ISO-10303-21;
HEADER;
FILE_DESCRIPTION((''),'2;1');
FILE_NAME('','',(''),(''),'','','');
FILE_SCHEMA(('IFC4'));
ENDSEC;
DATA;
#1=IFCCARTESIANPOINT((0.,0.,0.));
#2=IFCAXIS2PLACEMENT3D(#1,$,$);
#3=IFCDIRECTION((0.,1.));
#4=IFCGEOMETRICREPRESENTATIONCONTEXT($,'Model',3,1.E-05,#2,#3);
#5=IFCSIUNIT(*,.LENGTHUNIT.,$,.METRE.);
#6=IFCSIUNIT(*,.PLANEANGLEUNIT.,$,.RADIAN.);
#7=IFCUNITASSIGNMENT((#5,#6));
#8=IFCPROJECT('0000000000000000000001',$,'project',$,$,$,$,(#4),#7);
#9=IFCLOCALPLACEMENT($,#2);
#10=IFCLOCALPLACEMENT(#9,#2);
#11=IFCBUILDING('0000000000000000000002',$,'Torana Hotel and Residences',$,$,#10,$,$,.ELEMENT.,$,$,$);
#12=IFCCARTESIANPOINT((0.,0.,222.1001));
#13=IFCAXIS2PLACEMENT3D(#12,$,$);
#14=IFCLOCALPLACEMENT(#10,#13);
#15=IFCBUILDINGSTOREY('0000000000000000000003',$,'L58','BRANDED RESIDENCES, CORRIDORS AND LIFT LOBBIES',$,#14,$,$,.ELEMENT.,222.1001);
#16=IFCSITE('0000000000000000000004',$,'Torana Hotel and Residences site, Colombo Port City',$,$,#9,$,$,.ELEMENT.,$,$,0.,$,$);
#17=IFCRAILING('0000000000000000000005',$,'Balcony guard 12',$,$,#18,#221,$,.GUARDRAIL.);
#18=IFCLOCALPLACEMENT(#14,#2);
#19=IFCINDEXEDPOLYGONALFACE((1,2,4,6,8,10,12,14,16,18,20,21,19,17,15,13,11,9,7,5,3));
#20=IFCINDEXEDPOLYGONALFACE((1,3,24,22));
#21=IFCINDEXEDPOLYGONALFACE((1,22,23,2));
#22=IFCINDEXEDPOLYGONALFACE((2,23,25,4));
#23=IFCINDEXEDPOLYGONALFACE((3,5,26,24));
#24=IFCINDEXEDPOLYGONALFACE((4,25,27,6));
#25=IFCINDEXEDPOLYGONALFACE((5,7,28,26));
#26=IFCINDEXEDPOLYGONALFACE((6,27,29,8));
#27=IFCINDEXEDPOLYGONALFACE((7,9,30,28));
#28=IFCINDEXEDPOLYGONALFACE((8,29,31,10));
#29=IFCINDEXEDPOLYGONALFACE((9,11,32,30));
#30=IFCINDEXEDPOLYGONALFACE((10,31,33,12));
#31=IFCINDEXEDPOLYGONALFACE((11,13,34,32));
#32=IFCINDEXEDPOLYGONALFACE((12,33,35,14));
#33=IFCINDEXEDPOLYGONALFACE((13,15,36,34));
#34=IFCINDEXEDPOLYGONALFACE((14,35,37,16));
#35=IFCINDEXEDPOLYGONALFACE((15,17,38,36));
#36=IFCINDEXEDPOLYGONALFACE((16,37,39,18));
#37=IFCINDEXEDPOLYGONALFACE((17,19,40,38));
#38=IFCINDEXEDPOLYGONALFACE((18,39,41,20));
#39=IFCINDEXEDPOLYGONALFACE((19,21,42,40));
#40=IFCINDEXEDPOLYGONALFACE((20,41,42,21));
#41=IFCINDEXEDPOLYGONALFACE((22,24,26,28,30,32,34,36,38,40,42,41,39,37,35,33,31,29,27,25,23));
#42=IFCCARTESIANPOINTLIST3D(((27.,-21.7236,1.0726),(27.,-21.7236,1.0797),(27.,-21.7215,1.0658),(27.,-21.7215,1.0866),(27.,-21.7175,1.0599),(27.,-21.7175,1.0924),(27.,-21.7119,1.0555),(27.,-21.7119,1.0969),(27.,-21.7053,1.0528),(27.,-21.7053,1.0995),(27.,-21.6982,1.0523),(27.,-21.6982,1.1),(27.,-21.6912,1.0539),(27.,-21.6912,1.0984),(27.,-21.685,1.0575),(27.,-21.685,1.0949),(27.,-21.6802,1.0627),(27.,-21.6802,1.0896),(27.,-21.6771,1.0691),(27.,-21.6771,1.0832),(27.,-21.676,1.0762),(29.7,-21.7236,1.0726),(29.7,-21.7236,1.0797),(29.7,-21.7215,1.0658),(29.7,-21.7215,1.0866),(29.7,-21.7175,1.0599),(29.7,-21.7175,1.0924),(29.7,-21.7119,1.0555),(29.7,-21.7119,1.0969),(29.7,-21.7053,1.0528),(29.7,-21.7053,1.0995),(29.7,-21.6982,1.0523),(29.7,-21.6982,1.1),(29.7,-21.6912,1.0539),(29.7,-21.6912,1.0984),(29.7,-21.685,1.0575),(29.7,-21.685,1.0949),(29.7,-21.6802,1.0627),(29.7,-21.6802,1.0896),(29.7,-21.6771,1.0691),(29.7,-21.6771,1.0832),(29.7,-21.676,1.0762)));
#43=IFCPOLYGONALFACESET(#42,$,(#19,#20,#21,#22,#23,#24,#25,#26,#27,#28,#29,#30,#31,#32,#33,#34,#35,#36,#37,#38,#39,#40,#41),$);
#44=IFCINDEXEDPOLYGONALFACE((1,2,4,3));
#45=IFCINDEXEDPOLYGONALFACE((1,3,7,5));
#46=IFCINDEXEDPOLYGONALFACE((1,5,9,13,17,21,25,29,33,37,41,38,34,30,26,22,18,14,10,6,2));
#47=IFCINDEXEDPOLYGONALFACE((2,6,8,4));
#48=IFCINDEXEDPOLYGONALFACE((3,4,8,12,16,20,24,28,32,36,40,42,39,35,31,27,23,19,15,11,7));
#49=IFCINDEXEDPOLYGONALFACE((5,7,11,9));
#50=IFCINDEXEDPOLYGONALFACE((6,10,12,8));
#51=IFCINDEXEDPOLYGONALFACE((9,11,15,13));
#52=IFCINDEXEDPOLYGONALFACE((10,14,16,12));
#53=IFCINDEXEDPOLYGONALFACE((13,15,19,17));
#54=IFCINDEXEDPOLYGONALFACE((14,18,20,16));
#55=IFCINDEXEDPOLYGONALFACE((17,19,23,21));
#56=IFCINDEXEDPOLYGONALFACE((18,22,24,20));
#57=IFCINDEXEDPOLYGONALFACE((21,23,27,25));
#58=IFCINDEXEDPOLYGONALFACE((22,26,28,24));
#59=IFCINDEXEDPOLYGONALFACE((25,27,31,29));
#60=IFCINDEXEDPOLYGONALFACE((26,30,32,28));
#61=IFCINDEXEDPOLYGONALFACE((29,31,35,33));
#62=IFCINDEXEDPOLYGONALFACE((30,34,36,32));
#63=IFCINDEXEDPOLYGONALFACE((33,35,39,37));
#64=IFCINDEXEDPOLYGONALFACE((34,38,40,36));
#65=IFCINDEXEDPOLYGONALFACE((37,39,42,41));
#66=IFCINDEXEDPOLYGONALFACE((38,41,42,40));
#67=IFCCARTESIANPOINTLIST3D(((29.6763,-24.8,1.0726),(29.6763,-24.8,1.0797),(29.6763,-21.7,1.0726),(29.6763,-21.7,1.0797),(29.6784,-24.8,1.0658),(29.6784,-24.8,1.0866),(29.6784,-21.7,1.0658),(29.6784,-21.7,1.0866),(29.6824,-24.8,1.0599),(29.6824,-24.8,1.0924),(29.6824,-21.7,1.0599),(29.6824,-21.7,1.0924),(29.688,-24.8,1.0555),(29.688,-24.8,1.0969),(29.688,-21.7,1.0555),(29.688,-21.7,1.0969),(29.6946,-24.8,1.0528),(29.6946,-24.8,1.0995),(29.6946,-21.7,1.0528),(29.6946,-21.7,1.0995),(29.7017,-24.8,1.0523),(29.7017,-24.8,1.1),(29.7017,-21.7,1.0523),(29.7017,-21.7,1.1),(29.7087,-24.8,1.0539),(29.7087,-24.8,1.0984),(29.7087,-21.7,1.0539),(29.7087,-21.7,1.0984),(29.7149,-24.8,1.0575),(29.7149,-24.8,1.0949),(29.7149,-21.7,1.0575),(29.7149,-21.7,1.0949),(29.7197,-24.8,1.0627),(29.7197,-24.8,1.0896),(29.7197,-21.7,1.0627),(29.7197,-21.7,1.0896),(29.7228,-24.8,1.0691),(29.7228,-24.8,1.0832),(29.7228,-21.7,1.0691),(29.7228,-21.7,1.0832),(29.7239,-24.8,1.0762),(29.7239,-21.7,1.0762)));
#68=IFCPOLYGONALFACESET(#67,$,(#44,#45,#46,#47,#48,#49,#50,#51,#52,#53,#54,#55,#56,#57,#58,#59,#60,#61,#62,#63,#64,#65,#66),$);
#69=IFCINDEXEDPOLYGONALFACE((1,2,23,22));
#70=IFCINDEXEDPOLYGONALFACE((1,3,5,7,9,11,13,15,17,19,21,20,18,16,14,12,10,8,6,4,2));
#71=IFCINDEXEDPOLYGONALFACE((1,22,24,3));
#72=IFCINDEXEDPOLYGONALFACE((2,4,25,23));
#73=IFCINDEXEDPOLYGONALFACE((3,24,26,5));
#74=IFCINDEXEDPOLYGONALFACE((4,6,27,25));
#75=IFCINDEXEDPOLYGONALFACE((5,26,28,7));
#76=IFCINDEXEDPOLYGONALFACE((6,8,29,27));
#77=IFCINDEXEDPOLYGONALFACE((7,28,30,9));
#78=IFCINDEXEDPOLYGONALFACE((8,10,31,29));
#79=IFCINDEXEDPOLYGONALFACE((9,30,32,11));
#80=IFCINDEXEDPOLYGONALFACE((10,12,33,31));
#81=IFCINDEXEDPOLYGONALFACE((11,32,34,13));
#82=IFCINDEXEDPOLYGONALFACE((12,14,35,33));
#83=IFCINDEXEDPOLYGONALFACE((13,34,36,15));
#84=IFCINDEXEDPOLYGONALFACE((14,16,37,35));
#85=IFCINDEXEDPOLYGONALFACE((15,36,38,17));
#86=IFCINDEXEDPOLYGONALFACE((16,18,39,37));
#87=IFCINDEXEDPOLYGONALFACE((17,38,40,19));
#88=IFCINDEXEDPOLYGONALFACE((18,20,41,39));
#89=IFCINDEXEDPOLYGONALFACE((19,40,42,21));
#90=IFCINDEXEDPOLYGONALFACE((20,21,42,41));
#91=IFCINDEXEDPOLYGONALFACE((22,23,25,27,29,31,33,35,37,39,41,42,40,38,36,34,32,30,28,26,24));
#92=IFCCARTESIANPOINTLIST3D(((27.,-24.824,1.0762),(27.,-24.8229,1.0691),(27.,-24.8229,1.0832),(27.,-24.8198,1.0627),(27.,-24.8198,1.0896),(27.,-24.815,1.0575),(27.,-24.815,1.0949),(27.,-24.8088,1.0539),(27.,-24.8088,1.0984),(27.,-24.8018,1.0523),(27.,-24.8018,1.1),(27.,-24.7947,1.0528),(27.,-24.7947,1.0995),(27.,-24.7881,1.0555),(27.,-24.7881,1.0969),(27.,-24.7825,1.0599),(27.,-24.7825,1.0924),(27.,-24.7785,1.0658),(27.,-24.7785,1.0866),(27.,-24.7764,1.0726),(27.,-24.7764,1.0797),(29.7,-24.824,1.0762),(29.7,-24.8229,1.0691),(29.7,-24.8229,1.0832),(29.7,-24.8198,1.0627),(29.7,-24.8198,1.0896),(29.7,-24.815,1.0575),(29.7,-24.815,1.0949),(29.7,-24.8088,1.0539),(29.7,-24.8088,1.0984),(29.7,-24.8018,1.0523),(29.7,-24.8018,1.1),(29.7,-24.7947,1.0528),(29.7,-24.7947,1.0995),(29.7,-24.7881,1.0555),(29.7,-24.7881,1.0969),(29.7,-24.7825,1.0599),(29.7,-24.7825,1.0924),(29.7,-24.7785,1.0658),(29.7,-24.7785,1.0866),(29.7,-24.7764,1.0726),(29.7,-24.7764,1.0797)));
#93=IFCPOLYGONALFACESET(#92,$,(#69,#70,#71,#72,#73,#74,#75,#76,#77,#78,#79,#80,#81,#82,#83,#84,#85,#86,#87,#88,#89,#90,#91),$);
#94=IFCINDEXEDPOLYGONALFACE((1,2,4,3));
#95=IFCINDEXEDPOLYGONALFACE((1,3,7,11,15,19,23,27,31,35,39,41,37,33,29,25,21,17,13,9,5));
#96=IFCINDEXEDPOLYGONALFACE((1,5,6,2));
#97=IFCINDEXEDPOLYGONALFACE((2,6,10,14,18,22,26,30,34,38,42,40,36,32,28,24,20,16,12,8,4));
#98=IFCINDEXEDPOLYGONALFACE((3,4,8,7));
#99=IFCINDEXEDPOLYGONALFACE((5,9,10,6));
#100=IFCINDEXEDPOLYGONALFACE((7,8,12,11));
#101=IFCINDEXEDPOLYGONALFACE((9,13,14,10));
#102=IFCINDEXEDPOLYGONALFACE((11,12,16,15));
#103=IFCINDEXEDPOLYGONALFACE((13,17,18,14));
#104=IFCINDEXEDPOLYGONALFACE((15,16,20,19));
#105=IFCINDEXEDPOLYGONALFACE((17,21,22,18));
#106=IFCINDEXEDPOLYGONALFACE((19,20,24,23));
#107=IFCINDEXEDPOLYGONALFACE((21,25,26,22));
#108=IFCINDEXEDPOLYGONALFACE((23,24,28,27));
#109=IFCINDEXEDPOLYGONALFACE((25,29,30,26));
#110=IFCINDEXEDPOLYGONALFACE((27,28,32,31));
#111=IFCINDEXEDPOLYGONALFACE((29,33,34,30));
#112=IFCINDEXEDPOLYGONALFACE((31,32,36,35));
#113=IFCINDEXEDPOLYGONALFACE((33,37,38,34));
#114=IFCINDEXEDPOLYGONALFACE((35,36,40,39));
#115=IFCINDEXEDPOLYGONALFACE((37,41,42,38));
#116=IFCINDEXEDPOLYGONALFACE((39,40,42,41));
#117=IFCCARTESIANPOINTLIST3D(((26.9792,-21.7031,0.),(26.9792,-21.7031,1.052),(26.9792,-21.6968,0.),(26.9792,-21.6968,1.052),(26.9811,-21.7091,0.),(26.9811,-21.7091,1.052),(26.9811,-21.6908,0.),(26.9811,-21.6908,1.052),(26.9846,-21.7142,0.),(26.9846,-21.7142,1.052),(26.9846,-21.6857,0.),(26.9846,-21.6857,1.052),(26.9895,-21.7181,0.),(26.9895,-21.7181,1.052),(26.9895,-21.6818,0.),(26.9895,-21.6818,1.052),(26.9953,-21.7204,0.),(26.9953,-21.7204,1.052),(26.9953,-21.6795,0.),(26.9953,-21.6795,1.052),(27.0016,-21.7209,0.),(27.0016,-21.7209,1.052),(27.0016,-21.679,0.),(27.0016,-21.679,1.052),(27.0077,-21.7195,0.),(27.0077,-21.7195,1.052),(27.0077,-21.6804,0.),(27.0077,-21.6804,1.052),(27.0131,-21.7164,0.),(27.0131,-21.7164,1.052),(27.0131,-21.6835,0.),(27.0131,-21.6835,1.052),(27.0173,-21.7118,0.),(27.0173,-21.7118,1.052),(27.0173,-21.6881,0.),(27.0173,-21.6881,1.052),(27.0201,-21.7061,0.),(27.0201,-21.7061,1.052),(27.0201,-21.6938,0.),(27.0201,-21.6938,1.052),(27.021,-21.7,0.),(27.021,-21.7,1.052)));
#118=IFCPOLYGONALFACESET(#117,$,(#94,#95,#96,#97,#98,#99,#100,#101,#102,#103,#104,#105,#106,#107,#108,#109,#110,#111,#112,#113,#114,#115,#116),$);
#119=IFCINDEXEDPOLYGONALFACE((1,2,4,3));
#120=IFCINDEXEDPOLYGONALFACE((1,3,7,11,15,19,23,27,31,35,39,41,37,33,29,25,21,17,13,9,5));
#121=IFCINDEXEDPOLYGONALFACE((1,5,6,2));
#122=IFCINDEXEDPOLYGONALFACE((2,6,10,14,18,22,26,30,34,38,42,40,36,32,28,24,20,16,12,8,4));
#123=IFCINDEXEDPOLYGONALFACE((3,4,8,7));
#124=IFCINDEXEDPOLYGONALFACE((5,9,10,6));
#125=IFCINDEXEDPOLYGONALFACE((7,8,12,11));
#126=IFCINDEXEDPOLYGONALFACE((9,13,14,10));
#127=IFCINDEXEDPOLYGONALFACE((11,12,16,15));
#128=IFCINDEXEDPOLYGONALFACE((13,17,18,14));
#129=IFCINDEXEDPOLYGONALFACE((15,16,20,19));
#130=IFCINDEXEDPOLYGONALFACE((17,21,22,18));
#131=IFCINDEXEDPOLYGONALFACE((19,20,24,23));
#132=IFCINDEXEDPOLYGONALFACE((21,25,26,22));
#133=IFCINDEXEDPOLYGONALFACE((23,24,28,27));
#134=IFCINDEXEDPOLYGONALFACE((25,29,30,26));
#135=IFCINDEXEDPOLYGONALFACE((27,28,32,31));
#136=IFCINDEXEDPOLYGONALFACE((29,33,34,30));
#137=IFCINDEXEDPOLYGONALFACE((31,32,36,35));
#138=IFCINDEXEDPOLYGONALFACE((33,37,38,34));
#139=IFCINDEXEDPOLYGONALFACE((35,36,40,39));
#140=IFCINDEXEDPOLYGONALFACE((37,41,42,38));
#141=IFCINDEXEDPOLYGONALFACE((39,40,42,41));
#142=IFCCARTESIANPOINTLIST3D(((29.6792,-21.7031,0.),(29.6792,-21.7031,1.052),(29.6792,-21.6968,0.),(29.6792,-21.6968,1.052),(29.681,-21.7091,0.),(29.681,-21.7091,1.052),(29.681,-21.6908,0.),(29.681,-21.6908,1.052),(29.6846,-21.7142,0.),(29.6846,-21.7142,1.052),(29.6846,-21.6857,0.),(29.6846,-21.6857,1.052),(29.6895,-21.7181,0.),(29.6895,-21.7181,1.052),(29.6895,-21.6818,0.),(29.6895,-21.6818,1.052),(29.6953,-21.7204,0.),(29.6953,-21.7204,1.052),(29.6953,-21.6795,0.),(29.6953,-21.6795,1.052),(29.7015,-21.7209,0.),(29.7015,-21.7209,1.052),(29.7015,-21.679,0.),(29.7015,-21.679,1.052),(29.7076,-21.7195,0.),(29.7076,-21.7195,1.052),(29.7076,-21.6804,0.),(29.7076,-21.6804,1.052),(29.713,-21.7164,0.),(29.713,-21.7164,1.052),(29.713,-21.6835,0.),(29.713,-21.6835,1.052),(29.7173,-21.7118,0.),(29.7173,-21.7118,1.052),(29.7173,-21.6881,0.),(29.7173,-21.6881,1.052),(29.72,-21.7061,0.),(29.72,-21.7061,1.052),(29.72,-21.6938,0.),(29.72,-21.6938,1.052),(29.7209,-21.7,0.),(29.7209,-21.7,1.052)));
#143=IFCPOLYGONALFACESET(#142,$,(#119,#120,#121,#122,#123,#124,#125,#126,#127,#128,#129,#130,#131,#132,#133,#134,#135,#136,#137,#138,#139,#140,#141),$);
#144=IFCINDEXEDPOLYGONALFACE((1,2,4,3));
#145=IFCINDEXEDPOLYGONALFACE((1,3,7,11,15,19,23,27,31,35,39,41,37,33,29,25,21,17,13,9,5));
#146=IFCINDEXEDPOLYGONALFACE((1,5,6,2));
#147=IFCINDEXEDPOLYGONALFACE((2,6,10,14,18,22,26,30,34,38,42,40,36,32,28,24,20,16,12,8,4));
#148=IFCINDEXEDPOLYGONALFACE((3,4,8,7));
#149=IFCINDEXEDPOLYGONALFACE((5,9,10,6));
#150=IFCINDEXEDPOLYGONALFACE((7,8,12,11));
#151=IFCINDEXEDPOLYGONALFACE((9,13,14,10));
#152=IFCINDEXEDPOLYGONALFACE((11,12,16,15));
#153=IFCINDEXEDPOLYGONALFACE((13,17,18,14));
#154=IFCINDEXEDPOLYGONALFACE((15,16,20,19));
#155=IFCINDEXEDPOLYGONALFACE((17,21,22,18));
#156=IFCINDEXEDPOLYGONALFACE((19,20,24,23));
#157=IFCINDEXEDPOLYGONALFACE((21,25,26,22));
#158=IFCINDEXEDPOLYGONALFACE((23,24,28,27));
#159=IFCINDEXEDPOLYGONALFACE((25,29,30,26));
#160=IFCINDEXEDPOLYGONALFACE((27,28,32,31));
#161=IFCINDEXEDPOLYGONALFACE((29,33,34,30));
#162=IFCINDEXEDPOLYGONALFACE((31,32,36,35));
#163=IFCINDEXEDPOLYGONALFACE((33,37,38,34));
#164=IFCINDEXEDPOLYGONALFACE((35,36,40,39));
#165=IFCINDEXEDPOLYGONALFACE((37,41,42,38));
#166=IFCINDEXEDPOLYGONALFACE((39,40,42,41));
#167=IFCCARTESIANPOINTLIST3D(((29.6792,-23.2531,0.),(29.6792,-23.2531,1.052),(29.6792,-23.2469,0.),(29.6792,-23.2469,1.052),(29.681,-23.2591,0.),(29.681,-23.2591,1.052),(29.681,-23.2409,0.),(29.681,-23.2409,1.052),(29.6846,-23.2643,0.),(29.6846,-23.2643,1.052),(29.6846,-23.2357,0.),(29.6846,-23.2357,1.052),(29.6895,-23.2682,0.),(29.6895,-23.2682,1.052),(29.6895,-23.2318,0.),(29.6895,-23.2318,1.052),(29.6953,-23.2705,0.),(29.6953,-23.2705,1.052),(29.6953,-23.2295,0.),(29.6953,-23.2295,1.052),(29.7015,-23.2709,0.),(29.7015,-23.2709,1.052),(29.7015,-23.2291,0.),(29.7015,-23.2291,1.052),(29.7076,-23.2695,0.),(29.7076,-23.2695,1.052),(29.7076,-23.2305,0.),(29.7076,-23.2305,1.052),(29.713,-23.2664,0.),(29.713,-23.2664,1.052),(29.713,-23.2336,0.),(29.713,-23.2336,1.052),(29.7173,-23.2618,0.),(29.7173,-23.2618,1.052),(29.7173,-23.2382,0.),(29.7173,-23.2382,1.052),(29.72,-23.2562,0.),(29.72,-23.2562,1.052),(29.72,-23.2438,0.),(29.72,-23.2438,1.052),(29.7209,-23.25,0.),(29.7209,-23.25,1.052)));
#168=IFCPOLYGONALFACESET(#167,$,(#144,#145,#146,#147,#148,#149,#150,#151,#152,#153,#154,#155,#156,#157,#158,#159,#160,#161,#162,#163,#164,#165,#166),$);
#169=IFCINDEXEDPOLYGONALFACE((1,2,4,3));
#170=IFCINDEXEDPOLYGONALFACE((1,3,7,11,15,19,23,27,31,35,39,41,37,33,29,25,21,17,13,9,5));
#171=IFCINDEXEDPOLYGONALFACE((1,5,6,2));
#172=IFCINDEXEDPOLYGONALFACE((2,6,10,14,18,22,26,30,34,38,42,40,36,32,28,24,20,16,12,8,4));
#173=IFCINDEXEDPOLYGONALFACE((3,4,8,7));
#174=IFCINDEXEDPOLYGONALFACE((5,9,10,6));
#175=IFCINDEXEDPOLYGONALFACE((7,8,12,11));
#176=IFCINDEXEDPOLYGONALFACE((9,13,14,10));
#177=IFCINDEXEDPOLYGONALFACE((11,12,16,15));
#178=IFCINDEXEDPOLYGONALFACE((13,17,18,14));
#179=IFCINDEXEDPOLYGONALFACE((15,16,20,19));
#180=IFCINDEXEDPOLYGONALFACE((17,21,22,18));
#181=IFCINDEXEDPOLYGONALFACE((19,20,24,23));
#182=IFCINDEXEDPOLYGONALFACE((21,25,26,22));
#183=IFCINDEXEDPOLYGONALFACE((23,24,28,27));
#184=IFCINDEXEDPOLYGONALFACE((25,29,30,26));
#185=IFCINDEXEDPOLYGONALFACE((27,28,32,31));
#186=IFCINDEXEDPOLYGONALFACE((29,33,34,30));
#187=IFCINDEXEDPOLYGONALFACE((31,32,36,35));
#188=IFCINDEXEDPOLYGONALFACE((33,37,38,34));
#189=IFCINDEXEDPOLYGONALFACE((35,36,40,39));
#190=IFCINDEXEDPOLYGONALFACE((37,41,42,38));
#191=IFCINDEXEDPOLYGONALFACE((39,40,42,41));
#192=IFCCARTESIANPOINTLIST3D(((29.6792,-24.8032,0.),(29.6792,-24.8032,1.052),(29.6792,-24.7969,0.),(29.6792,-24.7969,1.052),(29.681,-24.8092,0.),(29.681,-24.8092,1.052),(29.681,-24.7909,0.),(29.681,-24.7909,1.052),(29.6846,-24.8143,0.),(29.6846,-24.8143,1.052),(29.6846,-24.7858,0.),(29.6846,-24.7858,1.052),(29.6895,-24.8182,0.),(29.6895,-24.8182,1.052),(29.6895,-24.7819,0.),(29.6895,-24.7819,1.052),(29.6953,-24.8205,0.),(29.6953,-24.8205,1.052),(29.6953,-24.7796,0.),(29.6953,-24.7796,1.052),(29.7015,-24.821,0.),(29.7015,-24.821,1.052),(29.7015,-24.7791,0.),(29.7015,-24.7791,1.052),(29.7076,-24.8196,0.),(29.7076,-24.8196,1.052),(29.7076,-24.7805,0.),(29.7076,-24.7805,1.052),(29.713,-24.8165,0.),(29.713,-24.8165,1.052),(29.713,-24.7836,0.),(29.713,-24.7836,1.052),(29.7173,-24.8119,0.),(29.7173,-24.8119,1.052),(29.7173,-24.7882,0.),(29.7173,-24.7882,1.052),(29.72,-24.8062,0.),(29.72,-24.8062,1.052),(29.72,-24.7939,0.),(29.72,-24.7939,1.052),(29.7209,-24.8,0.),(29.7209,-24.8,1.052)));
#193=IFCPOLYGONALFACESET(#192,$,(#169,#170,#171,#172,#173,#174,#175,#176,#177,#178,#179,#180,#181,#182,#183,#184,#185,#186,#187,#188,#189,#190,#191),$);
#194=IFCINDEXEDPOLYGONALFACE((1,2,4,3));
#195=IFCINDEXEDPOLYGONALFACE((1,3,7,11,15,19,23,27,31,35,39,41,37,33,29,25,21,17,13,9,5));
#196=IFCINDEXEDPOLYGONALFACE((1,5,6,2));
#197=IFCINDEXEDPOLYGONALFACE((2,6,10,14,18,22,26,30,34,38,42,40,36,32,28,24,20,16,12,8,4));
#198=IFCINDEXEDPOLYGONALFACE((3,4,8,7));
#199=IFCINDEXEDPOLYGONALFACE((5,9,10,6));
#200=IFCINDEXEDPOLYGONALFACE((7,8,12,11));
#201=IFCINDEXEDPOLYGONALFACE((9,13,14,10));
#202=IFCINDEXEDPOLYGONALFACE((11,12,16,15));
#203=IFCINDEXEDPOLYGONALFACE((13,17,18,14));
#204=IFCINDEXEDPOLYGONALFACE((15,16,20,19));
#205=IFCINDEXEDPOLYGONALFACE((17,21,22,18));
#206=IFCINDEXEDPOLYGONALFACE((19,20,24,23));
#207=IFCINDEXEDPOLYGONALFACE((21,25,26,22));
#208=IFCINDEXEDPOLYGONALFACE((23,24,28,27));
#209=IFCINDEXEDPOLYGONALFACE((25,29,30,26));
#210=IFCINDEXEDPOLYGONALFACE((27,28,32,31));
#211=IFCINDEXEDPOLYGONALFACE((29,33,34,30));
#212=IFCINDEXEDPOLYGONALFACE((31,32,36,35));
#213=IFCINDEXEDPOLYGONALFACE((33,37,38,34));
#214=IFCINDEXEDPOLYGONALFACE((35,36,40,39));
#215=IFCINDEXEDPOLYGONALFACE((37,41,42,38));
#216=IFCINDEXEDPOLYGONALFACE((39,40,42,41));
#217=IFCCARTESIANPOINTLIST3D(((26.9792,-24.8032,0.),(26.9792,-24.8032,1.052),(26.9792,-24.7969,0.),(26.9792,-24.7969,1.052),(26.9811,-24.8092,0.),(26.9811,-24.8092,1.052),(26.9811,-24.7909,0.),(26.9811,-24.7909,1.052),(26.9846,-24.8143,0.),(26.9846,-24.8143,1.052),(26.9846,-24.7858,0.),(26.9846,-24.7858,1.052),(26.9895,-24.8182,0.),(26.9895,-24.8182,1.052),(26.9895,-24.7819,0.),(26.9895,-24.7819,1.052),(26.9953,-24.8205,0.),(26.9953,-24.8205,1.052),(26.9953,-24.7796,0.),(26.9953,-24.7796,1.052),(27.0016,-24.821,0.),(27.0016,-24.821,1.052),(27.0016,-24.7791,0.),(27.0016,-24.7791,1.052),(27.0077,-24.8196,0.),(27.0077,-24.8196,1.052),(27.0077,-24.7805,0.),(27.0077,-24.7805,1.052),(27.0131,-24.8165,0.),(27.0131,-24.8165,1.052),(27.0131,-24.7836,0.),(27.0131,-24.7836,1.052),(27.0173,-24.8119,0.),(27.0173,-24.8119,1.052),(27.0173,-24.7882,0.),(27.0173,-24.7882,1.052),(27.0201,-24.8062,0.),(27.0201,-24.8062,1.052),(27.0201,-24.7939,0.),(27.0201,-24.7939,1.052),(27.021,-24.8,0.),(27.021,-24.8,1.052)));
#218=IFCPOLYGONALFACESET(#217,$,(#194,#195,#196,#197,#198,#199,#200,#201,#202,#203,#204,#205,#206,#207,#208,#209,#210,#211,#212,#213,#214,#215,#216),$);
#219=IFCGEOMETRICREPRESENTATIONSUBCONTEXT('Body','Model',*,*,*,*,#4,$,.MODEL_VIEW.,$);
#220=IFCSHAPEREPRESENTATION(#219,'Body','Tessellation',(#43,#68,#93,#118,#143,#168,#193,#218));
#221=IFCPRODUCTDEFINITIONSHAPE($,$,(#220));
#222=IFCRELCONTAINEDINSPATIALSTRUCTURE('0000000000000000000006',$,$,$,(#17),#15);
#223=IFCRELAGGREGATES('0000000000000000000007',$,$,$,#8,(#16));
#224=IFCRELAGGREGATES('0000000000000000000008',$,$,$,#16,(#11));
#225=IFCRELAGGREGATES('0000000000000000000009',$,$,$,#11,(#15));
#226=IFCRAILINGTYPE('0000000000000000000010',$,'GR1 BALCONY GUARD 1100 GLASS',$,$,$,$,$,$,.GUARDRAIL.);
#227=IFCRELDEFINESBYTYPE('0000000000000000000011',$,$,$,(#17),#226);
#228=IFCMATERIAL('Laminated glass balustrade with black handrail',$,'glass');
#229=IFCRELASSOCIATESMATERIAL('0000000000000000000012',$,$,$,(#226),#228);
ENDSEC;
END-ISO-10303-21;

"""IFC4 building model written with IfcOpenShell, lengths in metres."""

from ifc_helpers import new_model, si_unit, direction, frame, origin, origin_2d, place, context, subcontext, project, spatial, circle, extrude, material, type_object, element, save


model = new_model("IFC4")

# Units and contexts
model_context = context("Model", 3, precision=1e-05, world=origin(), true_north=direction((0.0, 1.0)))
body_context = subcontext(model_context, "Body", "Model", "MODEL_VIEW")
ifc_project = project(units=[si_unit("LENGTHUNIT", "METRE"), si_unit("PLANEANGLEUNIT", "RADIAN")], contexts=[model_context])

# Site, building, storey
site_placement = place(None, origin())
site = spatial("IfcSite", under=ifc_project, at=site_placement, Name="Torana Hotel and Residences site, Colombo Port City", CompositionType="ELEMENT", RefElevation=0.0)
building_placement = place(site_placement, origin())
building = spatial("IfcBuilding", under=site, at=building_placement, Name="Torana Hotel and Residences", CompositionType="ELEMENT")
storey_placement = place(building_placement, frame((0.0, 0.0, 222.1001)))
storey = spatial("IfcBuildingStorey", under=building, at=storey_placement, Name="L58", Description="BRANDED RESIDENCES, CORRIDORS AND LIFT LOBBIES", CompositionType="ELEMENT", Elevation=222.1001)

# Railing
ifc_material_1 = material(Name="Laminated glass balustrade with black handrail", Category="glass")
railing_type = type_object("IfcRailingType", Name="GR1 BALCONY GUARD 1100 GLASS", PredefinedType="GUARDRAIL", material=ifc_material_1)
railing_1_placement = place(storey_placement, frame((27.0, -21.7, 0.0)))
element("IfcRailing", 1, at=railing_1_placement, inside=storey, type_object=railing_type, Name="Balcony guard 12", PredefinedType="GUARDRAIL", context=body_context, shape_type="SweptSolid", body=[
    extrude(circle(Radius=0.0239, at=origin_2d()), frame((0.0, 0.0, 1.0762), z_axis=(1.0, 0.0, 0.0), x_axis=(0.0, 1.0, 0.0)), (0.0, 0.0, 1.0), 2.7),
    extrude(circle(Radius=0.0239, at=origin_2d()), frame((2.7, 0.0, 1.0762), z_axis=(0.0, -1.0, 0.0), x_axis=(1.0, 0.0, 0.0)), (0.0, 0.0, 1.0), 3.1001),
    extrude(circle(Radius=0.0239, at=origin_2d()), frame((2.7, -3.1001, 1.0762), z_axis=(-1.0, 0.0, 0.0), x_axis=(0.0, -1.0, 0.0)), (0.0, 0.0, 1.0), 2.7),
    extrude(circle(Radius=0.021, at=origin_2d()), origin(), (0.0, 0.0, 1.0), 1.052),
    extrude(circle(Radius=0.021, at=origin_2d()), frame((2.7, 0.0, 0.0)), (0.0, 0.0, 1.0), 1.052),
    extrude(circle(Radius=0.021, at=origin_2d()), frame((2.7, -1.55, 0.0)), (0.0, 0.0, 1.0), 1.052),
    extrude(circle(Radius=0.021, at=origin_2d()), frame((2.7, -3.1001, 0.0)), (0.0, 0.0, 1.0), 1.052),
    extrude(circle(Radius=0.021, at=origin_2d()), frame((0.0, -3.1001, 0.0)), (0.0, 0.0, 1.0), 1.052),
])

save(model, "model.ifc")
